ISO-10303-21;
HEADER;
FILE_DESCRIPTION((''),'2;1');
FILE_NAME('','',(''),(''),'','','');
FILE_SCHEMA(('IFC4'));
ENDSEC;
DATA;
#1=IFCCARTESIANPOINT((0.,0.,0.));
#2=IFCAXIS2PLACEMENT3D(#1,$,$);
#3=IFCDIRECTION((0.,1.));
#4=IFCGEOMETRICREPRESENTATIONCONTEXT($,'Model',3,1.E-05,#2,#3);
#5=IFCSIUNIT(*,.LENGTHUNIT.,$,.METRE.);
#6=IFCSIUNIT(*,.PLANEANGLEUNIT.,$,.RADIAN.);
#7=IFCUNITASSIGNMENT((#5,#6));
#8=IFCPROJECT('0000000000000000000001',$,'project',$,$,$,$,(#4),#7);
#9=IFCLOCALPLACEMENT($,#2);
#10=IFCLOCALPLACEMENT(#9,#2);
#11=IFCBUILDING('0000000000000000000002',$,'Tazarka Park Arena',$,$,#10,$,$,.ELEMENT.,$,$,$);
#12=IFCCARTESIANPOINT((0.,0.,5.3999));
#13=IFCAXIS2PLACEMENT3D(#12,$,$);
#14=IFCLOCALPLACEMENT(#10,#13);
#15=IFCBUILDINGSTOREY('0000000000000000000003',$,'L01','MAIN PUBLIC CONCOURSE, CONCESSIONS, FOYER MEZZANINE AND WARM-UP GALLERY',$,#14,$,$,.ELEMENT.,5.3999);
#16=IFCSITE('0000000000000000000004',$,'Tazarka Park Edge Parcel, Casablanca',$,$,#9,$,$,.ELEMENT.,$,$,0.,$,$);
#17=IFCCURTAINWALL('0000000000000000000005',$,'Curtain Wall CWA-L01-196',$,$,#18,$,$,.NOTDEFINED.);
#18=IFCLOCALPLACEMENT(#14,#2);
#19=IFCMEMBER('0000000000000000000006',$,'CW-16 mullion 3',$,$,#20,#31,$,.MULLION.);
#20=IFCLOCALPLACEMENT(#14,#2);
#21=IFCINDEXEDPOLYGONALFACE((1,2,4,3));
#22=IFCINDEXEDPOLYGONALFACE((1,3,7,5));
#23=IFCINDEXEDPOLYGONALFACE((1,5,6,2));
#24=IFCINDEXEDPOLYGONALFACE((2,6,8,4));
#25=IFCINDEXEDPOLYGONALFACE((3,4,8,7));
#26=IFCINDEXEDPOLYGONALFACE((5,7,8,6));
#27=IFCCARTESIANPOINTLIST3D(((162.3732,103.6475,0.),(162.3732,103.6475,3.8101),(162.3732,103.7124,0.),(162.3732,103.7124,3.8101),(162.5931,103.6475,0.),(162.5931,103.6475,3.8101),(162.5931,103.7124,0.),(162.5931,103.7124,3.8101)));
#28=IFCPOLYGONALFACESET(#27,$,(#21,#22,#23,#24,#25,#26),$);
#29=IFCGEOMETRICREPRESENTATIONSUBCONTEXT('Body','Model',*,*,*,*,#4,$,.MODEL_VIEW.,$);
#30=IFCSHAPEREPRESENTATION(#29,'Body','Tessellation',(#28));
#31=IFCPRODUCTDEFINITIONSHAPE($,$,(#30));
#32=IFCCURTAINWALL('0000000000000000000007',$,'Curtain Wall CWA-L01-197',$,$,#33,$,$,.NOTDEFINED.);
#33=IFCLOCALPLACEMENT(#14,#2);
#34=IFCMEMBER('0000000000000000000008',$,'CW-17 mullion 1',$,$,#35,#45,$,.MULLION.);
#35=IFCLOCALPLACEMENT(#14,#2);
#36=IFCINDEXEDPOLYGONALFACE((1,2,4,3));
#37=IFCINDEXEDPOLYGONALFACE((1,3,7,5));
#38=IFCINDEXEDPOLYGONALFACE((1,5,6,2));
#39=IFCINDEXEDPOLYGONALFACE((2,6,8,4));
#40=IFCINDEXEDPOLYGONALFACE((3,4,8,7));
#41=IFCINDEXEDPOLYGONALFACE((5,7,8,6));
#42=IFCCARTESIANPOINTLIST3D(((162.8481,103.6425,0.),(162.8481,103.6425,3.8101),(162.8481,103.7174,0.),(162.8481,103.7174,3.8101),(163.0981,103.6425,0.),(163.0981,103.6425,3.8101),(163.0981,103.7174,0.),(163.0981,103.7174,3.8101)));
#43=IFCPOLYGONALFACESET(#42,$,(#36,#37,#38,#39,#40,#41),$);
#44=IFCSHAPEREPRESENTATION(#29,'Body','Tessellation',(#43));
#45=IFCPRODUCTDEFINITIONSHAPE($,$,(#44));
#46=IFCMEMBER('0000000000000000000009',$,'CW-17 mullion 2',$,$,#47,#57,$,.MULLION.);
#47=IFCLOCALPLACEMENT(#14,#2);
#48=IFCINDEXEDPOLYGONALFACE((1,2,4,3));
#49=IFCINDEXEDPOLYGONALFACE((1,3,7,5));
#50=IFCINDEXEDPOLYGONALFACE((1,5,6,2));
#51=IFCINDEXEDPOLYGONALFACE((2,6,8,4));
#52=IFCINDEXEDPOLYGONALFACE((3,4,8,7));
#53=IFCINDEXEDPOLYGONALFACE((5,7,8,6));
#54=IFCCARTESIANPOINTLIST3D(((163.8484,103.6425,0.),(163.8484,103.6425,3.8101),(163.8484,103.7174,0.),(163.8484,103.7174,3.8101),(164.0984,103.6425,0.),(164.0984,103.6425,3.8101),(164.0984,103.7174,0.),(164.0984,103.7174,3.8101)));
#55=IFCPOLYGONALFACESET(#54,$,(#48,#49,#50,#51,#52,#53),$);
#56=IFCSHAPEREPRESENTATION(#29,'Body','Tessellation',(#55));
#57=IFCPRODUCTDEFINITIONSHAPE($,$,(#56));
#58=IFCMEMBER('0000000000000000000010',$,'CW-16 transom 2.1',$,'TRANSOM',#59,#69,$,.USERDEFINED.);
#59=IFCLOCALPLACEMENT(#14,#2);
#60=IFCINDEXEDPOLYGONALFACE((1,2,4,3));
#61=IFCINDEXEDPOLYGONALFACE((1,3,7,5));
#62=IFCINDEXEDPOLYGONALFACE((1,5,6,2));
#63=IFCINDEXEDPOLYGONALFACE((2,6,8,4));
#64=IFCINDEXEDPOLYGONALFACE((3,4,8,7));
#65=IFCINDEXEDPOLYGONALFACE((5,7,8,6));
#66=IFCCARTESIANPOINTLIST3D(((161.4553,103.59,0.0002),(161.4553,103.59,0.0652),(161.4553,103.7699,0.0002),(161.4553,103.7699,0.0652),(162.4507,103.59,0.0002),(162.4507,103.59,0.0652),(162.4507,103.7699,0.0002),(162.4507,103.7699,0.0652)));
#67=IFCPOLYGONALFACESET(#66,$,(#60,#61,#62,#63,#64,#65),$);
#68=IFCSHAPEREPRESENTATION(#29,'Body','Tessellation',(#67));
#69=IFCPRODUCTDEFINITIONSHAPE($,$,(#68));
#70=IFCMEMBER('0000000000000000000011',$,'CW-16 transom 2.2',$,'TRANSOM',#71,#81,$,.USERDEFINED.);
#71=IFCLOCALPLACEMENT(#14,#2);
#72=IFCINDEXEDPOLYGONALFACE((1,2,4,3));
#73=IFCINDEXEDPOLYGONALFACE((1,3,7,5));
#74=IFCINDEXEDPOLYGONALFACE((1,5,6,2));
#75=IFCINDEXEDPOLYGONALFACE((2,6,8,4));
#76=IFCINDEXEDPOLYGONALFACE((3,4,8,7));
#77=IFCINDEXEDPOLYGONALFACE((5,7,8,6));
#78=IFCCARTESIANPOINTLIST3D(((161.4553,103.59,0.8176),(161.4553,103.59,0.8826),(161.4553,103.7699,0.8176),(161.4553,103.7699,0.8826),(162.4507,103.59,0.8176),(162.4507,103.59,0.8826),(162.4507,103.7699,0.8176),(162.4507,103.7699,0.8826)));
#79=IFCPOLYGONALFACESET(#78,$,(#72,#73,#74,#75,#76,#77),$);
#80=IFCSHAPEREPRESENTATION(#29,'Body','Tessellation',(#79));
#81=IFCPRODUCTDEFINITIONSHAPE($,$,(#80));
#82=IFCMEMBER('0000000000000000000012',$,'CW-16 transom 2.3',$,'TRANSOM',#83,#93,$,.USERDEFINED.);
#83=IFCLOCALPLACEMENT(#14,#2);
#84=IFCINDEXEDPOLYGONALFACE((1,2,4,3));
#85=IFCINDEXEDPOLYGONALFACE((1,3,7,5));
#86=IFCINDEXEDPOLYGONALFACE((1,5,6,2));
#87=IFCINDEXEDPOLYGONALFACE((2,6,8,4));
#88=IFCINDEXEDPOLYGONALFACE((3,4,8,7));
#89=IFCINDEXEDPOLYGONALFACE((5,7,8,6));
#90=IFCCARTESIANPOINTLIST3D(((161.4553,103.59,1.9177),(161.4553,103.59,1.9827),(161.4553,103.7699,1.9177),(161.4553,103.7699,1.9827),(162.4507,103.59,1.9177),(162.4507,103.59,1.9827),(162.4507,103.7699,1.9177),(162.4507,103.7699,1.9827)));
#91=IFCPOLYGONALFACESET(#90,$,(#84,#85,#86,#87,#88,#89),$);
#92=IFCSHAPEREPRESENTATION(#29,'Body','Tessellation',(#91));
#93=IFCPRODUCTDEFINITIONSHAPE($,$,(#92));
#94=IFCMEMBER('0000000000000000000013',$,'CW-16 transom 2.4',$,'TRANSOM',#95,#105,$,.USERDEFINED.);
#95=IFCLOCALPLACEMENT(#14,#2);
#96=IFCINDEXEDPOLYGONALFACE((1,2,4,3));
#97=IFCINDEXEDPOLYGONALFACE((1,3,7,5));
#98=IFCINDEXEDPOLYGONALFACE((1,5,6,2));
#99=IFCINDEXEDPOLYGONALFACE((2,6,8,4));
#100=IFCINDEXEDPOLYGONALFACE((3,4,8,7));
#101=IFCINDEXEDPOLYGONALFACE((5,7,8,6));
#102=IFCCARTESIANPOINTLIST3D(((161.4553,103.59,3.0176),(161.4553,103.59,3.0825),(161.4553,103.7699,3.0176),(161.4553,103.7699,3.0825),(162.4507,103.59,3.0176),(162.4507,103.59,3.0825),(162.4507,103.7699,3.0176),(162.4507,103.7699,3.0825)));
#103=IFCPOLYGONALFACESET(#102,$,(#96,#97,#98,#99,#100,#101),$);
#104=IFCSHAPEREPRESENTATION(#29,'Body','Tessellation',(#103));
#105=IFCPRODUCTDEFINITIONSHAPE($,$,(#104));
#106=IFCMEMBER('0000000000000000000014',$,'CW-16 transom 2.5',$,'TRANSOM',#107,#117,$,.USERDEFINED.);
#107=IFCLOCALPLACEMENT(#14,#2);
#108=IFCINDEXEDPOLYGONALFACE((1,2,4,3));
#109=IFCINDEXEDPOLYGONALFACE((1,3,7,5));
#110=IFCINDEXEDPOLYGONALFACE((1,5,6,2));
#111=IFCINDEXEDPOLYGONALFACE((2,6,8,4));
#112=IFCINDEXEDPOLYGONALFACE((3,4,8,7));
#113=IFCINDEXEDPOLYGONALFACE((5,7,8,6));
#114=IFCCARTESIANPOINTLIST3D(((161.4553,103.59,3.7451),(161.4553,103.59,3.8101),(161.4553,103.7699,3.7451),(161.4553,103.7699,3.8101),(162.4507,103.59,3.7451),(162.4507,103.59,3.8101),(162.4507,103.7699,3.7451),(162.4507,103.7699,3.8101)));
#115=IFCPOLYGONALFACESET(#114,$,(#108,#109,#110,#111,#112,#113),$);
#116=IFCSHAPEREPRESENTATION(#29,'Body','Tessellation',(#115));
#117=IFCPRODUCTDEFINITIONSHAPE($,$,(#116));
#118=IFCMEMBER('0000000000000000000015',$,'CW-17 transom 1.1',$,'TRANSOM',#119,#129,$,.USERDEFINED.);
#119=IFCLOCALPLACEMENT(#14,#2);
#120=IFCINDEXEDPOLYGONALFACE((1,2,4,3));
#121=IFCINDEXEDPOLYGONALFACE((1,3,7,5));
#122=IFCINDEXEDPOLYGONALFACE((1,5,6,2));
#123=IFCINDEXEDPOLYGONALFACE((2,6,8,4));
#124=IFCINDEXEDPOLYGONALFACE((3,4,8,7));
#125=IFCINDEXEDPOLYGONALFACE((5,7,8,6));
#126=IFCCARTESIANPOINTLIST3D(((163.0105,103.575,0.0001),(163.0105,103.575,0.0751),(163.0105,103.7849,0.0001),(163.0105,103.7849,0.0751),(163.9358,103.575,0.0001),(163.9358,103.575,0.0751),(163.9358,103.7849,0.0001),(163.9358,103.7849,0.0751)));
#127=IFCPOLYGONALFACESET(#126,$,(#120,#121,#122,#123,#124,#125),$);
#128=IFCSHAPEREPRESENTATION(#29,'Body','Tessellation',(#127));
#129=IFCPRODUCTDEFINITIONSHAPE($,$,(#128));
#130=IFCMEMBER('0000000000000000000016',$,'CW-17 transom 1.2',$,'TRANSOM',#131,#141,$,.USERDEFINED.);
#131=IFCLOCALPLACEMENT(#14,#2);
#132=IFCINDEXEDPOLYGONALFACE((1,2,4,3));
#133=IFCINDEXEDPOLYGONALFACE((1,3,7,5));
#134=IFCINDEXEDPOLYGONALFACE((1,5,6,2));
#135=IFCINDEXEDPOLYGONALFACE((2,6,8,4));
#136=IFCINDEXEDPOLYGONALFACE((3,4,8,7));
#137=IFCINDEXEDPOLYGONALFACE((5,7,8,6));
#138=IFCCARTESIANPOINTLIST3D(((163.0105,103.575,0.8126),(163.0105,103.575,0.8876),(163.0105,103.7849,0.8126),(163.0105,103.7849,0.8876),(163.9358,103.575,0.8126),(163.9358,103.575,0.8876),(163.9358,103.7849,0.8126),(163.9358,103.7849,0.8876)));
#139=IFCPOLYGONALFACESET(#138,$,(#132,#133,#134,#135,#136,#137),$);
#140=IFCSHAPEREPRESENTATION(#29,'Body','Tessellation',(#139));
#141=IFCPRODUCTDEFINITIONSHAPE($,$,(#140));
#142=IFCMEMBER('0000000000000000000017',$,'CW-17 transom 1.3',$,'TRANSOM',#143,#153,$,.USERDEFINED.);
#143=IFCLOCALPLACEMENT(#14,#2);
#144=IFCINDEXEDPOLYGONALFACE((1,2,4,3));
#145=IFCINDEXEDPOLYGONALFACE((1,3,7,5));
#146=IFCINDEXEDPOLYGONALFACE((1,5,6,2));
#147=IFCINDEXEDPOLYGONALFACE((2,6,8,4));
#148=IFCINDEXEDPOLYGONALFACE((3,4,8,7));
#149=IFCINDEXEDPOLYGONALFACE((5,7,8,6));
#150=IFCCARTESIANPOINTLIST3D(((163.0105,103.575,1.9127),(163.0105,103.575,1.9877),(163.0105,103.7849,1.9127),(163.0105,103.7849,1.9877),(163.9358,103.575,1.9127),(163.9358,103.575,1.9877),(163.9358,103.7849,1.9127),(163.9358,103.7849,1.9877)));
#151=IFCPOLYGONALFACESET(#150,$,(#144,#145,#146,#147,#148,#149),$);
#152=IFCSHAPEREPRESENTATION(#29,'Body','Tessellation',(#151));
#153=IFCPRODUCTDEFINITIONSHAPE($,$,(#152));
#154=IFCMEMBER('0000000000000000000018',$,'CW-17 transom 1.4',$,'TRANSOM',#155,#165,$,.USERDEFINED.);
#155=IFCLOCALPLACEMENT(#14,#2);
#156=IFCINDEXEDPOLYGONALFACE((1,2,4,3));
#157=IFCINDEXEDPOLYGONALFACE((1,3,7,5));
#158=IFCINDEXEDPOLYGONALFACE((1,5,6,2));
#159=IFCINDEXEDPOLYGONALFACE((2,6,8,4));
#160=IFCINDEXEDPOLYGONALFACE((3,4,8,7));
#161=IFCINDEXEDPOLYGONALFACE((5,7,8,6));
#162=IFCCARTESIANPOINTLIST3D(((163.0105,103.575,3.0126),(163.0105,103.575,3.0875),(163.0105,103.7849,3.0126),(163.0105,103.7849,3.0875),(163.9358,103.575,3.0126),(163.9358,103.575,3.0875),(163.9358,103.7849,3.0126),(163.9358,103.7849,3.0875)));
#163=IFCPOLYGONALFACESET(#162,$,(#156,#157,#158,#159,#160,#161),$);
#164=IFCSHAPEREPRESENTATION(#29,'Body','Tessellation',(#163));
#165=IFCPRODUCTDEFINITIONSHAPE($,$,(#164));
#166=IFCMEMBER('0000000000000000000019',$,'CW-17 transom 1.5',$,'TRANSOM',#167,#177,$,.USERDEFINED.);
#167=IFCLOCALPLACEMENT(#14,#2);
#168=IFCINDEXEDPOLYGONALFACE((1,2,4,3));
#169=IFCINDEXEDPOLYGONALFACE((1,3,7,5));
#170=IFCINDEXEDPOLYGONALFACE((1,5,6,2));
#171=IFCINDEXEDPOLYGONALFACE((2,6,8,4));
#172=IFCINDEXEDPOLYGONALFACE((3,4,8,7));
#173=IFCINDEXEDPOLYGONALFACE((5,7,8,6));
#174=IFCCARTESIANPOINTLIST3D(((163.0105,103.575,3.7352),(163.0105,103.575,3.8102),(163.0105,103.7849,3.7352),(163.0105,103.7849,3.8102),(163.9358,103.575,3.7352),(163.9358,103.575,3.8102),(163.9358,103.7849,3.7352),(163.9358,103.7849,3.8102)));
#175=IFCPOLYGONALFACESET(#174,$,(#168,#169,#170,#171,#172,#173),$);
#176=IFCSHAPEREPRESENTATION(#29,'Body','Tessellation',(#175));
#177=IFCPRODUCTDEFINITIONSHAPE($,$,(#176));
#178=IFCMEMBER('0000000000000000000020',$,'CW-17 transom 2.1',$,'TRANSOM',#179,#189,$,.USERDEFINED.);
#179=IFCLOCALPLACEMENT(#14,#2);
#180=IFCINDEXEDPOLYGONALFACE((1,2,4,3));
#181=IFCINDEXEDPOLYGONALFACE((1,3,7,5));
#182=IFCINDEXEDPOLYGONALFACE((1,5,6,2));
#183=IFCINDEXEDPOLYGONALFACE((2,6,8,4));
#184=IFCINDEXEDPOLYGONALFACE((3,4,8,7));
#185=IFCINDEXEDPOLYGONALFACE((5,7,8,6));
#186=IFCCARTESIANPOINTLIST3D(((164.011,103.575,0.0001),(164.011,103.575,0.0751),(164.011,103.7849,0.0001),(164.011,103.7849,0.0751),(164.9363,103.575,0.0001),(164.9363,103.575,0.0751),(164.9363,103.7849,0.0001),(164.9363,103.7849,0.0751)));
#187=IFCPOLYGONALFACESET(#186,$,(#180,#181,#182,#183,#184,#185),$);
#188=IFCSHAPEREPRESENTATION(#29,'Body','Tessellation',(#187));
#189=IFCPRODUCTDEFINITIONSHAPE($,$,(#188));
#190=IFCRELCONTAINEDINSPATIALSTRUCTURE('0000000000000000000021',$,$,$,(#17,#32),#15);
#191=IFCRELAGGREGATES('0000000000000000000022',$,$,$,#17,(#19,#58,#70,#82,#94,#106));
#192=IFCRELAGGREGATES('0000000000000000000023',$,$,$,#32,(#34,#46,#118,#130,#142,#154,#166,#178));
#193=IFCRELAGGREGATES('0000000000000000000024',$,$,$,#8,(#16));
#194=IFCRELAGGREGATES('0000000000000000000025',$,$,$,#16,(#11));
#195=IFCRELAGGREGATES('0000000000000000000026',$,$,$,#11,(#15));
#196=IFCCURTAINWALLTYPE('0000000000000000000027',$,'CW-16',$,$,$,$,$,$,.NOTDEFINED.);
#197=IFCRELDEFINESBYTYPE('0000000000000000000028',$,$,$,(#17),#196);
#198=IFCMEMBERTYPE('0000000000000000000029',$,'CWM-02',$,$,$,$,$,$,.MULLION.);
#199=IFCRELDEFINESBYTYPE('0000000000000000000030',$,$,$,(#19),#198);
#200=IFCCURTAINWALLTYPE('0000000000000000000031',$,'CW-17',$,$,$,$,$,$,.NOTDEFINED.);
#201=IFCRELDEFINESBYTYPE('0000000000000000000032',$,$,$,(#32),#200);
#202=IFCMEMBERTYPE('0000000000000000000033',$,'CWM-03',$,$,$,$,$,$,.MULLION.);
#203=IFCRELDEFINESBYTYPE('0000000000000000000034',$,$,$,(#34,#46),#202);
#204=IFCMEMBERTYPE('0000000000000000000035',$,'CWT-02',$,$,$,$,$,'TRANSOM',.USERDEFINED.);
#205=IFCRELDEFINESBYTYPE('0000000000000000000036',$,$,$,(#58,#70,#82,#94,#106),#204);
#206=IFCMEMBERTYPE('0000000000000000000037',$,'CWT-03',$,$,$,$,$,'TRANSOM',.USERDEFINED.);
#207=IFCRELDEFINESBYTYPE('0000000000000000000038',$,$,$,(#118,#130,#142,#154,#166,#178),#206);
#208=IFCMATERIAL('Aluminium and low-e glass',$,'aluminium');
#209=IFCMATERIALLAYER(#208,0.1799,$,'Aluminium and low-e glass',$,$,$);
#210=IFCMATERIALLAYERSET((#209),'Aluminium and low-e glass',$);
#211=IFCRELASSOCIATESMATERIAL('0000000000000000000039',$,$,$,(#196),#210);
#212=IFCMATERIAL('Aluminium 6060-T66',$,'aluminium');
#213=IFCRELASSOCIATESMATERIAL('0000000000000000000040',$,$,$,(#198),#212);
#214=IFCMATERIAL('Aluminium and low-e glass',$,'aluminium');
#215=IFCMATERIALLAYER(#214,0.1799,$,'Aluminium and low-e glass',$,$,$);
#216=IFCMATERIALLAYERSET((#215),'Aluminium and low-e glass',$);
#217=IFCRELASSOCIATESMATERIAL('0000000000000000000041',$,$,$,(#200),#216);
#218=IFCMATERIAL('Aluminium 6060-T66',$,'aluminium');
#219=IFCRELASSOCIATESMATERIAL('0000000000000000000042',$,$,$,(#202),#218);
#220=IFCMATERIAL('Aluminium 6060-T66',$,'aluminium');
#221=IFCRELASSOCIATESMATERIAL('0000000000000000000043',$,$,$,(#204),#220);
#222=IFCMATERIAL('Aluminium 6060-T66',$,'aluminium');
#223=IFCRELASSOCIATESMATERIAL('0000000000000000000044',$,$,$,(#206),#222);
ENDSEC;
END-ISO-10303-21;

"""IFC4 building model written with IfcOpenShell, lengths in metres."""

from ifc_helpers import new_model, si_unit, direction, frame, origin, origin_2d, place, context, subcontext, project, spatial, rectangle, extrude, material, layer, layer_set, material_profile, profile_set, type_object, element, aggregate, save


model = new_model("IFC4")

# Units and contexts
model_context = context("Model", 3, precision=1e-05, world=origin(), true_north=direction((0.0, 1.0)))
body_context = subcontext(model_context, "Body", "Model", "MODEL_VIEW")
ifc_project = project(units=[si_unit("LENGTHUNIT", "METRE"), si_unit("PLANEANGLEUNIT", "RADIAN")], contexts=[model_context])

# Site, building, storey
site_placement = place(None, origin())
site = spatial("IfcSite", under=ifc_project, at=site_placement, Name="Tazarka Park Edge Parcel, Casablanca", CompositionType="ELEMENT", RefElevation=0.0)
building_placement = place(site_placement, origin())
building = spatial("IfcBuilding", under=site, at=building_placement, Name="Tazarka Park Arena", CompositionType="ELEMENT")
storey_placement = place(building_placement, frame((0.0, 0.0, 5.3999)))
storey = spatial("IfcBuildingStorey", under=building, at=storey_placement, Name="L01", Description="MAIN PUBLIC CONCOURSE, CONCESSIONS, FOYER MEZZANINE AND WARM-UP GALLERY", CompositionType="ELEMENT", Elevation=5.3999)

# Curtain wall, member
ifc_material_1 = material(Name="Aluminium and low-e glass", Category="aluminium")
ifc_layer_1 = layer(ifc_material_1, 0.1799, Name="Aluminium and low-e glass")
ifc_layer_set_1 = layer_set([ifc_layer_1], Name="Aluminium and low-e glass")
curtain_wall_type_1 = type_object("IfcCurtainWallType", Name="CW-16", PredefinedType="NOTDEFINED", material=ifc_layer_set_1)
curtain_wall_1_placement = place(storey_placement, origin())
curtain_wall_1 = element("IfcCurtainWall", 1, at=curtain_wall_1_placement, inside=storey, type_object=curtain_wall_type_1, Name="Curtain Wall CWA-L01-196", PredefinedType="NOTDEFINED")
ifc_material_2 = material(Name="Aluminium 6060-T66", Category="aluminium")
ifc_material_profile_1 = material_profile(ifc_material_2, rectangle(XDim=0.0649, YDim=0.22, at=origin_2d()), Name="Aluminium 6060-T66")
ifc_profile_set_1 = profile_set([ifc_material_profile_1], Name="Aluminium 6060-T66")
member_type_1 = type_object("IfcMemberType", Name="CWM-02", PredefinedType="MULLION", material=ifc_profile_set_1)
member_1_placement = place(storey_placement, frame((162.4832, 103.6799, 0.0), z_axis=(0.0, 0.0, 1.0), x_axis=(0.0, 1.0, 0.0)))
member_1 = element("IfcMember", 2, at=member_1_placement, type_object=member_type_1, Name="CW-16 mullion 3", PredefinedType="MULLION", context=body_context, shape_type="SweptSolid", body=[
    extrude(rectangle(XDim=0.0649, YDim=0.22, at=origin_2d()), origin(), (0.0, 0.0, 1.0), 3.8101),
])

# Curtain wall, members
ifc_material_3 = material(Name="Aluminium and low-e glass", Category="aluminium")
ifc_layer_2 = layer(ifc_material_3, 0.1799, Name="Aluminium and low-e glass")
ifc_layer_set_2 = layer_set([ifc_layer_2], Name="Aluminium and low-e glass")
curtain_wall_type_2 = type_object("IfcCurtainWallType", Name="CW-17", PredefinedType="NOTDEFINED", material=ifc_layer_set_2)
curtain_wall_2_placement = place(storey_placement, origin())
curtain_wall_2 = element("IfcCurtainWall", 3, at=curtain_wall_2_placement, inside=storey, type_object=curtain_wall_type_2, Name="Curtain Wall CWA-L01-197", PredefinedType="NOTDEFINED")
ifc_material_4 = material(Name="Aluminium 6060-T66", Category="aluminium")
ifc_material_profile_2 = material_profile(ifc_material_4, rectangle(XDim=0.075, YDim=0.25, at=origin_2d()), Name="Aluminium 6060-T66")
ifc_profile_set_2 = profile_set([ifc_material_profile_2], Name="Aluminium 6060-T66")
member_type_2 = type_object("IfcMemberType", Name="CWM-03", PredefinedType="MULLION", material=ifc_profile_set_2)
member_2_placement = place(storey_placement, frame((162.9731, 103.6799, 0.0), z_axis=(0.0, 0.0, 1.0), x_axis=(0.0, 1.0, 0.0)))
member_2 = element("IfcMember", 4, at=member_2_placement, type_object=member_type_2, Name="CW-17 mullion 1", PredefinedType="MULLION", context=body_context, shape_type="SweptSolid", body=[
    extrude(rectangle(XDim=0.075, YDim=0.25, at=origin_2d()), origin(), (0.0, 0.0, 1.0), 3.8101),
])
member_3_placement = place(storey_placement, frame((163.9734, 103.6799, 0.0), z_axis=(0.0, 0.0, 1.0), x_axis=(0.0, 1.0, 0.0)))
member_3 = element("IfcMember", 5, at=member_3_placement, type_object=member_type_2, Name="CW-17 mullion 2", PredefinedType="MULLION", context=body_context, shape_type="SweptSolid", body=[
    extrude(rectangle(XDim=0.075, YDim=0.25, at=origin_2d()), origin(), (0.0, 0.0, 1.0), 3.8101),
])

# Members
ifc_material_5 = material(Name="Aluminium 6060-T66", Category="aluminium")
ifc_material_profile_3 = material_profile(ifc_material_5, rectangle(XDim=0.1799, YDim=0.0649, at=origin_2d()), Name="Aluminium 6060-T66")
ifc_profile_set_3 = profile_set([ifc_material_profile_3], Name="Aluminium 6060-T66")
member_type_3 = type_object("IfcMemberType", Name="CWT-02", ElementType="TRANSOM", PredefinedType="USERDEFINED", material=ifc_profile_set_3)
member_4_placement = place(storey_placement, frame((161.4553, 103.6799, 0.0327), z_axis=(1.0, 0.0, 0.0), x_axis=(0.0, 1.0, 0.0)))
member_4 = element("IfcMember", 6, at=member_4_placement, type_object=member_type_3, Name="CW-16 transom 2.1", ObjectType="TRANSOM", PredefinedType="USERDEFINED", context=body_context, shape_type="SweptSolid", body=[
    extrude(rectangle(XDim=0.1799, YDim=0.0649, at=origin_2d()), origin(), (0.0, 0.0, 1.0), 0.9954),
])
member_5_placement = place(storey_placement, frame((161.4553, 103.6799, 0.8501), z_axis=(1.0, 0.0, 0.0), x_axis=(0.0, 1.0, 0.0)))
member_5 = element("IfcMember", 7, at=member_5_placement, type_object=member_type_3, Name="CW-16 transom 2.2", ObjectType="TRANSOM", PredefinedType="USERDEFINED", context=body_context, shape_type="SweptSolid", body=[
    extrude(rectangle(XDim=0.1799, YDim=0.0649, at=origin_2d()), origin(), (0.0, 0.0, 1.0), 0.9954),
])
member_6_placement = place(storey_placement, frame((161.4553, 103.6799, 1.9502), z_axis=(1.0, 0.0, 0.0), x_axis=(0.0, 1.0, 0.0)))
member_6 = element("IfcMember", 8, at=member_6_placement, type_object=member_type_3, Name="CW-16 transom 2.3", ObjectType="TRANSOM", PredefinedType="USERDEFINED", context=body_context, shape_type="SweptSolid", body=[
    extrude(rectangle(XDim=0.1799, YDim=0.0649, at=origin_2d()), origin(), (0.0, 0.0, 1.0), 0.9954),
])
member_7_placement = place(storey_placement, frame((161.4553, 103.6799, 3.05), z_axis=(1.0, 0.0, 0.0), x_axis=(0.0, 1.0, 0.0)))
member_7 = element("IfcMember", 9, at=member_7_placement, type_object=member_type_3, Name="CW-16 transom 2.4", ObjectType="TRANSOM", PredefinedType="USERDEFINED", context=body_context, shape_type="SweptSolid", body=[
    extrude(rectangle(XDim=0.1799, YDim=0.0649, at=origin_2d()), origin(), (0.0, 0.0, 1.0), 0.9954),
])
member_8_placement = place(storey_placement, frame((161.4553, 103.6799, 3.7776), z_axis=(1.0, 0.0, 0.0), x_axis=(0.0, 1.0, 0.0)))
member_8 = element("IfcMember", 10, at=member_8_placement, type_object=member_type_3, Name="CW-16 transom 2.5", ObjectType="TRANSOM", PredefinedType="USERDEFINED", context=body_context, shape_type="SweptSolid", body=[
    extrude(rectangle(XDim=0.1799, YDim=0.0649, at=origin_2d()), origin(), (0.0, 0.0, 1.0), 0.9954),
])
ifc_material_6 = material(Name="Aluminium 6060-T66", Category="aluminium")
ifc_material_profile_4 = material_profile(ifc_material_6, rectangle(XDim=0.21, YDim=0.075, at=origin_2d()), Name="Aluminium 6060-T66")
ifc_profile_set_4 = profile_set([ifc_material_profile_4], Name="Aluminium 6060-T66")
member_type_4 = type_object("IfcMemberType", Name="CWT-03", ElementType="TRANSOM", PredefinedType="USERDEFINED", material=ifc_profile_set_4)
member_9_placement = place(storey_placement, frame((163.0105, 103.6799, 0.0376), z_axis=(1.0, 0.0, 0.0), x_axis=(0.0, 1.0, 0.0)))
member_9 = element("IfcMember", 11, at=member_9_placement, type_object=member_type_4, Name="CW-17 transom 1.1", ObjectType="TRANSOM", PredefinedType="USERDEFINED", context=body_context, shape_type="SweptSolid", body=[
    extrude(rectangle(XDim=0.21, YDim=0.075, at=origin_2d()), origin(), (0.0, 0.0, 1.0), 0.9253),
])
member_10_placement = place(storey_placement, frame((163.0105, 103.6799, 0.8501), z_axis=(1.0, 0.0, 0.0), x_axis=(0.0, 1.0, 0.0)))
member_10 = element("IfcMember", 12, at=member_10_placement, type_object=member_type_4, Name="CW-17 transom 1.2", ObjectType="TRANSOM", PredefinedType="USERDEFINED", context=body_context, shape_type="SweptSolid", body=[
    extrude(rectangle(XDim=0.21, YDim=0.075, at=origin_2d()), origin(), (0.0, 0.0, 1.0), 0.9253),
])
member_11_placement = place(storey_placement, frame((163.0105, 103.6799, 1.9502), z_axis=(1.0, 0.0, 0.0), x_axis=(0.0, 1.0, 0.0)))
member_11 = element("IfcMember", 13, at=member_11_placement, type_object=member_type_4, Name="CW-17 transom 1.3", ObjectType="TRANSOM", PredefinedType="USERDEFINED", context=body_context, shape_type="SweptSolid", body=[
    extrude(rectangle(XDim=0.21, YDim=0.075, at=origin_2d()), origin(), (0.0, 0.0, 1.0), 0.9253),
])
member_12_placement = place(storey_placement, frame((163.0105, 103.6799, 3.05), z_axis=(1.0, 0.0, 0.0), x_axis=(0.0, 1.0, 0.0)))
member_12 = element("IfcMember", 14, at=member_12_placement, type_object=member_type_4, Name="CW-17 transom 1.4", ObjectType="TRANSOM", PredefinedType="USERDEFINED", context=body_context, shape_type="SweptSolid", body=[
    extrude(rectangle(XDim=0.21, YDim=0.075, at=origin_2d()), origin(), (0.0, 0.0, 1.0), 0.9253),
])
member_13_placement = place(storey_placement, frame((163.0105, 103.6799, 3.7727), z_axis=(1.0, 0.0, 0.0), x_axis=(0.0, 1.0, 0.0)))
member_13 = element("IfcMember", 15, at=member_13_placement, type_object=member_type_4, Name="CW-17 transom 1.5", ObjectType="TRANSOM", PredefinedType="USERDEFINED", context=body_context, shape_type="SweptSolid", body=[
    extrude(rectangle(XDim=0.21, YDim=0.075, at=origin_2d()), origin(), (0.0, 0.0, 1.0), 0.9253),
])
member_14_placement = place(storey_placement, frame((164.011, 103.6799, 0.0376), z_axis=(1.0, 0.0, 0.0), x_axis=(0.0, 1.0, 0.0)))
member_14 = element("IfcMember", 16, at=member_14_placement, type_object=member_type_4, Name="CW-17 transom 2.1", ObjectType="TRANSOM", PredefinedType="USERDEFINED", context=body_context, shape_type="SweptSolid", body=[
    extrude(rectangle(XDim=0.21, YDim=0.075, at=origin_2d()), origin(), (0.0, 0.0, 1.0), 0.9253),
])

aggregate(curtain_wall_1, [member_1, member_4, member_5, member_6, member_7, member_8])
aggregate(curtain_wall_2, [member_2, member_3, member_9, member_10, member_11, member_12, member_13, member_14])

save(model, "model.ifc")
